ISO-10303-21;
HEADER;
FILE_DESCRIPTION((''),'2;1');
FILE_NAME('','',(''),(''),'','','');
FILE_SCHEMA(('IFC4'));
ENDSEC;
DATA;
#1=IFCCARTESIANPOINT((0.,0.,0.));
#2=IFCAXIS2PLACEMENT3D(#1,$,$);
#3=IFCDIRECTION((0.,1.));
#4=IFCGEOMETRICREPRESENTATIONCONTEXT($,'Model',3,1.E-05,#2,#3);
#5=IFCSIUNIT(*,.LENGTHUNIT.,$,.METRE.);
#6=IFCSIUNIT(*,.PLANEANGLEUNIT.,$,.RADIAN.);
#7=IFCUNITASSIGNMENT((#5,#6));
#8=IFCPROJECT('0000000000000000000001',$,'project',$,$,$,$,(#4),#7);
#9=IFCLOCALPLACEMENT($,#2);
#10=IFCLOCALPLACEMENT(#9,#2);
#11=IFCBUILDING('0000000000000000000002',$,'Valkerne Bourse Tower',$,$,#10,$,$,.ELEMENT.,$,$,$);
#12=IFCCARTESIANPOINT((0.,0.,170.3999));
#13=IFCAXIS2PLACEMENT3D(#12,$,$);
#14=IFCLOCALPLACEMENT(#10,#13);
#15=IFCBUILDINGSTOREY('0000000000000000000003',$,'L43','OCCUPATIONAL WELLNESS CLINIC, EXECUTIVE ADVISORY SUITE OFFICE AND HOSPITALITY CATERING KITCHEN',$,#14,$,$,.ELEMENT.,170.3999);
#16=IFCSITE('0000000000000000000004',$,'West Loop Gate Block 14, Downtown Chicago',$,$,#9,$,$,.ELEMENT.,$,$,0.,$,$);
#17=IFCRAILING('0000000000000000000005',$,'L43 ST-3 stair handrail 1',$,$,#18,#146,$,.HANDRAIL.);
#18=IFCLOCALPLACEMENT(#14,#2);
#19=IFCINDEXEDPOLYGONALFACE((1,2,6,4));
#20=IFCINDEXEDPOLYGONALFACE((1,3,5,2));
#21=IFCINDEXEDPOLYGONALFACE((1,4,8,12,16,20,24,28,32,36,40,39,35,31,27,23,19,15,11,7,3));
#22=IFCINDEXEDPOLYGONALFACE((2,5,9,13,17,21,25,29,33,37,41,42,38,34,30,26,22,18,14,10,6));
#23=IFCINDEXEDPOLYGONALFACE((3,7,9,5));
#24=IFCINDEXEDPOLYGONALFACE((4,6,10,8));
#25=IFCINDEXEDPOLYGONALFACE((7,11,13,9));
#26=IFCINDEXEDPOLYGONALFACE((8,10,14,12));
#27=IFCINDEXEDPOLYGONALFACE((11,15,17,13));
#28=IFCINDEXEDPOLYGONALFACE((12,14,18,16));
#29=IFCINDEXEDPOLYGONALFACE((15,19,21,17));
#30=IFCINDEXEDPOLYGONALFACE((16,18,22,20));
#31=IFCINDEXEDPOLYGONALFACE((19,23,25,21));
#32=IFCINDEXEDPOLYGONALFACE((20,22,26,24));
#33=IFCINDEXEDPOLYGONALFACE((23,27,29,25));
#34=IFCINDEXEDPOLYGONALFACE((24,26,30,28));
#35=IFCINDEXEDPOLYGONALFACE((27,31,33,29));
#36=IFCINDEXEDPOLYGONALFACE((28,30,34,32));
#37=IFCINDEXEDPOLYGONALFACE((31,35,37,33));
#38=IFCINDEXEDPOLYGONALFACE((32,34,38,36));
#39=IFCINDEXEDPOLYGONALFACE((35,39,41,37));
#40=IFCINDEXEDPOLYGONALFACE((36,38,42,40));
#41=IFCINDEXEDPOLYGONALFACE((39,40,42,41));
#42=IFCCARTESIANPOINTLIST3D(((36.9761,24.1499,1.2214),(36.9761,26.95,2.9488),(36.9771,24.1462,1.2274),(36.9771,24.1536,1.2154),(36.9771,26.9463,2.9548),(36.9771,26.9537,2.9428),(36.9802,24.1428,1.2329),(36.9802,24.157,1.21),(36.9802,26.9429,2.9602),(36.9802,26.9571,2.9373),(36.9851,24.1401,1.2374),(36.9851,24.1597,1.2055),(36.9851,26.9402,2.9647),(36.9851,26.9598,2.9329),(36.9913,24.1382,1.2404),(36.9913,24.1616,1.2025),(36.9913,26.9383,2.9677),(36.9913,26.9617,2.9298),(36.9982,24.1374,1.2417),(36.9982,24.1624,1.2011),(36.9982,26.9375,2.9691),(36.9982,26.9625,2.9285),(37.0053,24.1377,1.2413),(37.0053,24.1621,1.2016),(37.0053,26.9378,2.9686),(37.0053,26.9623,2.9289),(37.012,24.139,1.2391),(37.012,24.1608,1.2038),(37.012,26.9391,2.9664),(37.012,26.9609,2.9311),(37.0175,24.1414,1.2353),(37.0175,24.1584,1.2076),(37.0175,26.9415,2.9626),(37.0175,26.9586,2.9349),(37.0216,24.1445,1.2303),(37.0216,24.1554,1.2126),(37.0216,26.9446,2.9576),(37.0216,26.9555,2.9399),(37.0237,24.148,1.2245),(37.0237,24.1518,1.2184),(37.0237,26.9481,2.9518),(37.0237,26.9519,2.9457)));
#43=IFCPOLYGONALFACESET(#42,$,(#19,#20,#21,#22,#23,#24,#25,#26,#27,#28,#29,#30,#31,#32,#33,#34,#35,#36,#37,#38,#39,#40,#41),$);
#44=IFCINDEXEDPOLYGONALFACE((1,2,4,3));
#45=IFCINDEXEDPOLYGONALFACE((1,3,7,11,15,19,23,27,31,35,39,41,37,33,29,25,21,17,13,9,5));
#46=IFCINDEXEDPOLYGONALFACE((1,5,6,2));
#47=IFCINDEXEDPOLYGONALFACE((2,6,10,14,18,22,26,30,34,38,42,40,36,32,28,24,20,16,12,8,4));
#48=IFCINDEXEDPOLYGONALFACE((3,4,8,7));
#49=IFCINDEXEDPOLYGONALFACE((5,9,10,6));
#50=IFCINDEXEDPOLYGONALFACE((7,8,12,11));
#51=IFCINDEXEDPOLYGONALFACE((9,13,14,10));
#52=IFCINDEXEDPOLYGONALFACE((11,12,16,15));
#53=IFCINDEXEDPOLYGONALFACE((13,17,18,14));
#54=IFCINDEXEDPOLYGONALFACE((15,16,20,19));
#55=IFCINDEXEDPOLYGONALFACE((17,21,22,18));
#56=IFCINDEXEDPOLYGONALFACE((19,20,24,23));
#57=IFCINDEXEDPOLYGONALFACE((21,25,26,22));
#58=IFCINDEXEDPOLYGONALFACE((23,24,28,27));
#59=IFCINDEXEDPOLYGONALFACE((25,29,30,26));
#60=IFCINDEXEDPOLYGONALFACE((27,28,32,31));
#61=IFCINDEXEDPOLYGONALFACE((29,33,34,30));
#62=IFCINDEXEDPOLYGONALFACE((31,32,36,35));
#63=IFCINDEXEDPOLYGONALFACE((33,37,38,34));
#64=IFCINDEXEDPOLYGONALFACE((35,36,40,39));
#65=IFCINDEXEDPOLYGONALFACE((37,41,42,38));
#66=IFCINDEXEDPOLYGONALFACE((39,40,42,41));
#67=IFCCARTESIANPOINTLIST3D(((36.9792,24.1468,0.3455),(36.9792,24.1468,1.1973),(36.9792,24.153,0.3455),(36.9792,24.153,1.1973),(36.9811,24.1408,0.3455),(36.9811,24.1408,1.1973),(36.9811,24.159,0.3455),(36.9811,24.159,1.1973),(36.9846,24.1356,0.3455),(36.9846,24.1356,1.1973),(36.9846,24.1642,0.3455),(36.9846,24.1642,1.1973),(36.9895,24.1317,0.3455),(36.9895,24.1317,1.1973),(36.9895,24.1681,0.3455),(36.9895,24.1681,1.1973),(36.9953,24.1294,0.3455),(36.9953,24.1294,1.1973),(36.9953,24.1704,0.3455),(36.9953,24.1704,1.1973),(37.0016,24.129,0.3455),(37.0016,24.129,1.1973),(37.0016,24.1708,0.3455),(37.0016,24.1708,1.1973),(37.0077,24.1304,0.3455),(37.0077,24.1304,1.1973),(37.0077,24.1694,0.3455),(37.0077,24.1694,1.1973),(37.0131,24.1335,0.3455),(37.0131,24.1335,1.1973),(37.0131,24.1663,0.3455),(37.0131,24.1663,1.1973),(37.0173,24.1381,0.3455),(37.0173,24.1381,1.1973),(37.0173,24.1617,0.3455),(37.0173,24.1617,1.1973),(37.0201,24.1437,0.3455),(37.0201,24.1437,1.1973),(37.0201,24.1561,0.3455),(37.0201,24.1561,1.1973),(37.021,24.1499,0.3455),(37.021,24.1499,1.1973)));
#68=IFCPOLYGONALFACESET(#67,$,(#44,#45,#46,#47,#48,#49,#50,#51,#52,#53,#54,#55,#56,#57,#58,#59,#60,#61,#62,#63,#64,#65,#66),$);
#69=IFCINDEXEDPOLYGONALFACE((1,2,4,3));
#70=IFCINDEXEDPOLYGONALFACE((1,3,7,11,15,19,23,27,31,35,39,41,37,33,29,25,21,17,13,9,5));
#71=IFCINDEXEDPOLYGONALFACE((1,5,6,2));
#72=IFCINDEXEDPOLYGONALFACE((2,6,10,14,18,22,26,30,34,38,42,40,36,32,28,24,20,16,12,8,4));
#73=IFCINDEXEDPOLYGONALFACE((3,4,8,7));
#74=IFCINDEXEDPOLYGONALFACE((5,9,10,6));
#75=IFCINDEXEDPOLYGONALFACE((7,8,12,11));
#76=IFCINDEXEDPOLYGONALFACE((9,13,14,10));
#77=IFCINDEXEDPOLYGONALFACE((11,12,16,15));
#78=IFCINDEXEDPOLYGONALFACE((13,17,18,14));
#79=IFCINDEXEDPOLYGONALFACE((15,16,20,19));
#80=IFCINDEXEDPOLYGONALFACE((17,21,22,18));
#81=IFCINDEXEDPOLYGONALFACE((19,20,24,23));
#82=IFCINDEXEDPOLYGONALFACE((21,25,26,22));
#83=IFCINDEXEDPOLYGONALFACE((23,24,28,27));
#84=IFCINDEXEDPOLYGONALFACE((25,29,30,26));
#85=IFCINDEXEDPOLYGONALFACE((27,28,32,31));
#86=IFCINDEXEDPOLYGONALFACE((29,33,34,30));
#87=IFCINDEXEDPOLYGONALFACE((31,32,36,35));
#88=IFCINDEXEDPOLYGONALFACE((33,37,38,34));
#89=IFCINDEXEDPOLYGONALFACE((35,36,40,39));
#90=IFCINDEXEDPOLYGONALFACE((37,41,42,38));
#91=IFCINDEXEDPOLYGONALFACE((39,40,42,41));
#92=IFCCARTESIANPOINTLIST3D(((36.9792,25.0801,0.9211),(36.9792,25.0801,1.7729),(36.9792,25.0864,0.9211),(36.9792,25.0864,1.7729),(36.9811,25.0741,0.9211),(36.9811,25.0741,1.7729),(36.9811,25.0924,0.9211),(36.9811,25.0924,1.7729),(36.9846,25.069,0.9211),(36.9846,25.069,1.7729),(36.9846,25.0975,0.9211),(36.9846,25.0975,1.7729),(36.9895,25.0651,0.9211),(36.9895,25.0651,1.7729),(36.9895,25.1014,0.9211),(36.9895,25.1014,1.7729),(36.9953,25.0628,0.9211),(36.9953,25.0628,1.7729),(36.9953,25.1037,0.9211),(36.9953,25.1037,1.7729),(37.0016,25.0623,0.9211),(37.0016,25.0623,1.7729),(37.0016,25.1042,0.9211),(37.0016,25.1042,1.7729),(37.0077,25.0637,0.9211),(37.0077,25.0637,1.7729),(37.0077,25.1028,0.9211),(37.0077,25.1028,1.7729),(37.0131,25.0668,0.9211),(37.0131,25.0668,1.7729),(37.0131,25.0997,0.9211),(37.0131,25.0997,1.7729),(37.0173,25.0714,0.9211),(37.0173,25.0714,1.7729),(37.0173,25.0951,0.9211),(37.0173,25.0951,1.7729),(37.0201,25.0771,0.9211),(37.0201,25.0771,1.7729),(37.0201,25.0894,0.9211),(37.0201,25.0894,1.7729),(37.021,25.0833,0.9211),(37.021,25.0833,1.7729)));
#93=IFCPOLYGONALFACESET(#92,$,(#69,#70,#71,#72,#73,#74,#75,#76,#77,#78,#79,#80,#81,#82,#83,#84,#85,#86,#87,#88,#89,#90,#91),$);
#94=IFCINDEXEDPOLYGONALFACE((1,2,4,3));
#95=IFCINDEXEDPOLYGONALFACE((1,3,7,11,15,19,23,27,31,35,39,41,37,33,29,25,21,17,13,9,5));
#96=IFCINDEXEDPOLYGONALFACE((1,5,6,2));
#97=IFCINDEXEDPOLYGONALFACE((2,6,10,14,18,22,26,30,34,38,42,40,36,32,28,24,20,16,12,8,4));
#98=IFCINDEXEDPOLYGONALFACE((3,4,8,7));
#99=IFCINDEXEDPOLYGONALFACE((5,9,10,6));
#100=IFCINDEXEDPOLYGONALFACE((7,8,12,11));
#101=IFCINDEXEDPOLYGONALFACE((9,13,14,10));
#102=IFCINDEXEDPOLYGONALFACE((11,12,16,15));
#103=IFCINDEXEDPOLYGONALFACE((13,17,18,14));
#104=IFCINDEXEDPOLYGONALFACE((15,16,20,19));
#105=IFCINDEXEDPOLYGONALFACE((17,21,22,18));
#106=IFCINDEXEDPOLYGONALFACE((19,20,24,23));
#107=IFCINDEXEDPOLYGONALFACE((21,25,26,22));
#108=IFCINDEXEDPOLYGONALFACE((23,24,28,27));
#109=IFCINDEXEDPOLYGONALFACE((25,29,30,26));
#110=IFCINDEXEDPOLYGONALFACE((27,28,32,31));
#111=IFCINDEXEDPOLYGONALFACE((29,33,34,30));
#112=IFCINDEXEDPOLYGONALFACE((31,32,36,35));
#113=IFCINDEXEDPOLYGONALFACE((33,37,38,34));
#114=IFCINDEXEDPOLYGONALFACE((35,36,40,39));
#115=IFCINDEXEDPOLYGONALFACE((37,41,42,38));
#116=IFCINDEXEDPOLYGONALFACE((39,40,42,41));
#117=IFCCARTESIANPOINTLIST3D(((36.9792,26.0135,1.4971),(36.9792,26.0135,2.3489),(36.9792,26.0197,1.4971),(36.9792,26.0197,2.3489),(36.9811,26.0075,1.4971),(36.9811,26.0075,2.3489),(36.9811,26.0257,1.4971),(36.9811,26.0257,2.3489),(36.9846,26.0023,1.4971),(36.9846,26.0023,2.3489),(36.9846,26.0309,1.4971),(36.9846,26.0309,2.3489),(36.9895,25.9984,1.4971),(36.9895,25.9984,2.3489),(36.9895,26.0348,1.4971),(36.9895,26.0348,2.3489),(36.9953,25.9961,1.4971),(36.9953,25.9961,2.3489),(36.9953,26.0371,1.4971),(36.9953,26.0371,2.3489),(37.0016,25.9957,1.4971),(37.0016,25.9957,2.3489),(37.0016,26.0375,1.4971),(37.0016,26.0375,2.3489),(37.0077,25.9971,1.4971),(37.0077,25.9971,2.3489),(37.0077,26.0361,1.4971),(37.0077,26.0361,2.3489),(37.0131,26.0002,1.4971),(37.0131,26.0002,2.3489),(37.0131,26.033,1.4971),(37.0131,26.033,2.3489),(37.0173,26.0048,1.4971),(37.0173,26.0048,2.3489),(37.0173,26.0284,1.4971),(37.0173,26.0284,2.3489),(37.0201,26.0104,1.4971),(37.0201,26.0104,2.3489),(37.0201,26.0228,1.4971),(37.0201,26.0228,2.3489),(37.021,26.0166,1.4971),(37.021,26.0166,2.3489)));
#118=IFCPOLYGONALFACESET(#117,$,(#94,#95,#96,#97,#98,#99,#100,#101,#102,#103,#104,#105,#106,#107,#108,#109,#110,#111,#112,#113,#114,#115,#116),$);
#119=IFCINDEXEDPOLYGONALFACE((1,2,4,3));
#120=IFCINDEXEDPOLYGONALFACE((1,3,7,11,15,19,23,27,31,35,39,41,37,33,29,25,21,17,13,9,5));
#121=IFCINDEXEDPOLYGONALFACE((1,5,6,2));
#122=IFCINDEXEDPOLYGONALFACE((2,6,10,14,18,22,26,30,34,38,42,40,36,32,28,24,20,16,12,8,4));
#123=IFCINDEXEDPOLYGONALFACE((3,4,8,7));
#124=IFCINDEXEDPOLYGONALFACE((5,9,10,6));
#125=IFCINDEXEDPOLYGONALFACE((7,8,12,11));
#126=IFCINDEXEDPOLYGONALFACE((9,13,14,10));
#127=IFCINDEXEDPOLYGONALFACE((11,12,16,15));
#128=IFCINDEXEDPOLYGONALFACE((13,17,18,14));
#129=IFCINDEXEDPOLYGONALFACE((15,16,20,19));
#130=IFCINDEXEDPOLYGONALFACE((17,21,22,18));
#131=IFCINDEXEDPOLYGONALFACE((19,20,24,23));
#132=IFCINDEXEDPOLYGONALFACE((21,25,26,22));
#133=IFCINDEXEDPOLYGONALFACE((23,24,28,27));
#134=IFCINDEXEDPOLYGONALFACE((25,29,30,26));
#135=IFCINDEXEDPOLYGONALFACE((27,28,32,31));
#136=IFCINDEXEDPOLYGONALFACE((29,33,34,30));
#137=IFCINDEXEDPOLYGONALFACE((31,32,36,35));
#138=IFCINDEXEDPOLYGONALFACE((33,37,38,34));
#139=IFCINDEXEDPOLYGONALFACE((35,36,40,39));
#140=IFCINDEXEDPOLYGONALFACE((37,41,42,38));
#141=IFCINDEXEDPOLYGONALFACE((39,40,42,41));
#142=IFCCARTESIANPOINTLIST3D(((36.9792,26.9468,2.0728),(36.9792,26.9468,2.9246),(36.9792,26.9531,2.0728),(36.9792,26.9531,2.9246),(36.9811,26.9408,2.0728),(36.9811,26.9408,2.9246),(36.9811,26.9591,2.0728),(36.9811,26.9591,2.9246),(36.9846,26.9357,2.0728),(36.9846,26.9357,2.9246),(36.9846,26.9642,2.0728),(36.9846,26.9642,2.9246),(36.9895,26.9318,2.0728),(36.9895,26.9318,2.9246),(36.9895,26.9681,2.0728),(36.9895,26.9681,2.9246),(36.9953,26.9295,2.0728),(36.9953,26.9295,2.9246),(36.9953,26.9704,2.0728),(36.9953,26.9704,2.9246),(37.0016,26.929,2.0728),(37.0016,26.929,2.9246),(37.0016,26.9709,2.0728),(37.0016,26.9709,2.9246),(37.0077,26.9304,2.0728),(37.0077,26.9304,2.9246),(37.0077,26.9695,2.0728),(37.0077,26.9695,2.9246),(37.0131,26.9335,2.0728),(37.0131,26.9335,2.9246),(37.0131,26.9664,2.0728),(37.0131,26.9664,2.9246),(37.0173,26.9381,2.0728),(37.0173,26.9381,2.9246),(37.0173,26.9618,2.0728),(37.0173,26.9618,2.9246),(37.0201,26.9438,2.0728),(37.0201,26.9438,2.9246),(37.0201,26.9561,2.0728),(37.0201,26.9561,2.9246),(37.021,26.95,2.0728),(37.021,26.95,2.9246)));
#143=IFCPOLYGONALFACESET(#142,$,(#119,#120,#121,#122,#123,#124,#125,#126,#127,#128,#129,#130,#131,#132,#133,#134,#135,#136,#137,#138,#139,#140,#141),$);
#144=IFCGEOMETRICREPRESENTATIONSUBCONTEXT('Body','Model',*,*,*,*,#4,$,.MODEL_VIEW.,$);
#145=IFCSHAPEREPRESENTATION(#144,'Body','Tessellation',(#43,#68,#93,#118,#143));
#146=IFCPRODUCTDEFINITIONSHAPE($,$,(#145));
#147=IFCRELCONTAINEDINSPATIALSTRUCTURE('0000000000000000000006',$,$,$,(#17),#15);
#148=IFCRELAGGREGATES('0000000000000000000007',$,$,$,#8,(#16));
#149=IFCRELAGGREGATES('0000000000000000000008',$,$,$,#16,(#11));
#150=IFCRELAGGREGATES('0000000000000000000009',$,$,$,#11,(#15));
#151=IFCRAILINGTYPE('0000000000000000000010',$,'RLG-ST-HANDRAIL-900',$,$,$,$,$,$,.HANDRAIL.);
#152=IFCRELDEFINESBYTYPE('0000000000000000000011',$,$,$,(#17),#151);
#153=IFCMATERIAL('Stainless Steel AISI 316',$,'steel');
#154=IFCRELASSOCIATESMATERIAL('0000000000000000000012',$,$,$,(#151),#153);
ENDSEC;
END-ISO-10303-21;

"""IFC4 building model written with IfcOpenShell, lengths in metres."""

from ifc_helpers import new_model, si_unit, direction, frame, origin, origin_2d, place, context, subcontext, project, spatial, circle, extrude, material, type_object, element, save


model = new_model("IFC4")

# Units and contexts
model_context = context("Model", 3, precision=1e-05, world=origin(), true_north=direction((0.0, 1.0)))
body_context = subcontext(model_context, "Body", "Model", "MODEL_VIEW")
ifc_project = project(units=[si_unit("LENGTHUNIT", "METRE"), si_unit("PLANEANGLEUNIT", "RADIAN")], contexts=[model_context])

# Site, building, storey
site_placement = place(None, origin())
site = spatial("IfcSite", under=ifc_project, at=site_placement, Name="West Loop Gate Block 14, Downtown Chicago", CompositionType="ELEMENT", RefElevation=0.0)
building_placement = place(site_placement, origin())
building = spatial("IfcBuilding", under=site, at=building_placement, Name="Valkerne Bourse Tower", CompositionType="ELEMENT")
storey_placement = place(building_placement, frame((0.0, 0.0, 170.3999)))
storey = spatial("IfcBuildingStorey", under=building, at=storey_placement, Name="L43", Description="OCCUPATIONAL WELLNESS CLINIC, EXECUTIVE ADVISORY SUITE OFFICE AND HOSPITALITY CATERING KITCHEN", CompositionType="ELEMENT", Elevation=170.3999)

# Railing
ifc_material_1 = material(Name="Stainless Steel AISI 316", Category="steel")
railing_type_1 = type_object("IfcRailingType", Name="RLG-ST-HANDRAIL-900", PredefinedType="HANDRAIL", material=ifc_material_1)
railing_1_placement = place(storey_placement, frame((37.0, 24.1499, 0.3455)))
element("IfcRailing", 1, at=railing_1_placement, inside=storey, type_object=railing_type_1, Name="L43 ST-3 stair handrail 1", PredefinedType="HANDRAIL", context=body_context, shape_type="SweptSolid", body=[
    extrude(circle(Radius=0.0239, at=origin_2d()), frame((0.0, 0.0, 0.876), z_axis=(0.0, 0.85109, 0.52502), x_axis=(-1.0, 0.0, 0.0)), (0.0, 0.0, 1.0), 3.29),
    extrude(circle(Radius=0.021, at=origin_2d()), origin(), (0.0, 0.0, 1.0), 0.8518),
    extrude(circle(Radius=0.021, at=origin_2d()), frame((0.0, 0.9333, 0.5757)), (0.0, 0.0, 1.0), 0.8518),
    extrude(circle(Radius=0.021, at=origin_2d()), frame((0.0, 1.8667, 1.1516)), (0.0, 0.0, 1.0), 0.8518),
    extrude(circle(Radius=0.021, at=origin_2d()), frame((0.0, 2.8, 1.7273)), (0.0, 0.0, 1.0), 0.8518),
])

save(model, "model.ifc")
